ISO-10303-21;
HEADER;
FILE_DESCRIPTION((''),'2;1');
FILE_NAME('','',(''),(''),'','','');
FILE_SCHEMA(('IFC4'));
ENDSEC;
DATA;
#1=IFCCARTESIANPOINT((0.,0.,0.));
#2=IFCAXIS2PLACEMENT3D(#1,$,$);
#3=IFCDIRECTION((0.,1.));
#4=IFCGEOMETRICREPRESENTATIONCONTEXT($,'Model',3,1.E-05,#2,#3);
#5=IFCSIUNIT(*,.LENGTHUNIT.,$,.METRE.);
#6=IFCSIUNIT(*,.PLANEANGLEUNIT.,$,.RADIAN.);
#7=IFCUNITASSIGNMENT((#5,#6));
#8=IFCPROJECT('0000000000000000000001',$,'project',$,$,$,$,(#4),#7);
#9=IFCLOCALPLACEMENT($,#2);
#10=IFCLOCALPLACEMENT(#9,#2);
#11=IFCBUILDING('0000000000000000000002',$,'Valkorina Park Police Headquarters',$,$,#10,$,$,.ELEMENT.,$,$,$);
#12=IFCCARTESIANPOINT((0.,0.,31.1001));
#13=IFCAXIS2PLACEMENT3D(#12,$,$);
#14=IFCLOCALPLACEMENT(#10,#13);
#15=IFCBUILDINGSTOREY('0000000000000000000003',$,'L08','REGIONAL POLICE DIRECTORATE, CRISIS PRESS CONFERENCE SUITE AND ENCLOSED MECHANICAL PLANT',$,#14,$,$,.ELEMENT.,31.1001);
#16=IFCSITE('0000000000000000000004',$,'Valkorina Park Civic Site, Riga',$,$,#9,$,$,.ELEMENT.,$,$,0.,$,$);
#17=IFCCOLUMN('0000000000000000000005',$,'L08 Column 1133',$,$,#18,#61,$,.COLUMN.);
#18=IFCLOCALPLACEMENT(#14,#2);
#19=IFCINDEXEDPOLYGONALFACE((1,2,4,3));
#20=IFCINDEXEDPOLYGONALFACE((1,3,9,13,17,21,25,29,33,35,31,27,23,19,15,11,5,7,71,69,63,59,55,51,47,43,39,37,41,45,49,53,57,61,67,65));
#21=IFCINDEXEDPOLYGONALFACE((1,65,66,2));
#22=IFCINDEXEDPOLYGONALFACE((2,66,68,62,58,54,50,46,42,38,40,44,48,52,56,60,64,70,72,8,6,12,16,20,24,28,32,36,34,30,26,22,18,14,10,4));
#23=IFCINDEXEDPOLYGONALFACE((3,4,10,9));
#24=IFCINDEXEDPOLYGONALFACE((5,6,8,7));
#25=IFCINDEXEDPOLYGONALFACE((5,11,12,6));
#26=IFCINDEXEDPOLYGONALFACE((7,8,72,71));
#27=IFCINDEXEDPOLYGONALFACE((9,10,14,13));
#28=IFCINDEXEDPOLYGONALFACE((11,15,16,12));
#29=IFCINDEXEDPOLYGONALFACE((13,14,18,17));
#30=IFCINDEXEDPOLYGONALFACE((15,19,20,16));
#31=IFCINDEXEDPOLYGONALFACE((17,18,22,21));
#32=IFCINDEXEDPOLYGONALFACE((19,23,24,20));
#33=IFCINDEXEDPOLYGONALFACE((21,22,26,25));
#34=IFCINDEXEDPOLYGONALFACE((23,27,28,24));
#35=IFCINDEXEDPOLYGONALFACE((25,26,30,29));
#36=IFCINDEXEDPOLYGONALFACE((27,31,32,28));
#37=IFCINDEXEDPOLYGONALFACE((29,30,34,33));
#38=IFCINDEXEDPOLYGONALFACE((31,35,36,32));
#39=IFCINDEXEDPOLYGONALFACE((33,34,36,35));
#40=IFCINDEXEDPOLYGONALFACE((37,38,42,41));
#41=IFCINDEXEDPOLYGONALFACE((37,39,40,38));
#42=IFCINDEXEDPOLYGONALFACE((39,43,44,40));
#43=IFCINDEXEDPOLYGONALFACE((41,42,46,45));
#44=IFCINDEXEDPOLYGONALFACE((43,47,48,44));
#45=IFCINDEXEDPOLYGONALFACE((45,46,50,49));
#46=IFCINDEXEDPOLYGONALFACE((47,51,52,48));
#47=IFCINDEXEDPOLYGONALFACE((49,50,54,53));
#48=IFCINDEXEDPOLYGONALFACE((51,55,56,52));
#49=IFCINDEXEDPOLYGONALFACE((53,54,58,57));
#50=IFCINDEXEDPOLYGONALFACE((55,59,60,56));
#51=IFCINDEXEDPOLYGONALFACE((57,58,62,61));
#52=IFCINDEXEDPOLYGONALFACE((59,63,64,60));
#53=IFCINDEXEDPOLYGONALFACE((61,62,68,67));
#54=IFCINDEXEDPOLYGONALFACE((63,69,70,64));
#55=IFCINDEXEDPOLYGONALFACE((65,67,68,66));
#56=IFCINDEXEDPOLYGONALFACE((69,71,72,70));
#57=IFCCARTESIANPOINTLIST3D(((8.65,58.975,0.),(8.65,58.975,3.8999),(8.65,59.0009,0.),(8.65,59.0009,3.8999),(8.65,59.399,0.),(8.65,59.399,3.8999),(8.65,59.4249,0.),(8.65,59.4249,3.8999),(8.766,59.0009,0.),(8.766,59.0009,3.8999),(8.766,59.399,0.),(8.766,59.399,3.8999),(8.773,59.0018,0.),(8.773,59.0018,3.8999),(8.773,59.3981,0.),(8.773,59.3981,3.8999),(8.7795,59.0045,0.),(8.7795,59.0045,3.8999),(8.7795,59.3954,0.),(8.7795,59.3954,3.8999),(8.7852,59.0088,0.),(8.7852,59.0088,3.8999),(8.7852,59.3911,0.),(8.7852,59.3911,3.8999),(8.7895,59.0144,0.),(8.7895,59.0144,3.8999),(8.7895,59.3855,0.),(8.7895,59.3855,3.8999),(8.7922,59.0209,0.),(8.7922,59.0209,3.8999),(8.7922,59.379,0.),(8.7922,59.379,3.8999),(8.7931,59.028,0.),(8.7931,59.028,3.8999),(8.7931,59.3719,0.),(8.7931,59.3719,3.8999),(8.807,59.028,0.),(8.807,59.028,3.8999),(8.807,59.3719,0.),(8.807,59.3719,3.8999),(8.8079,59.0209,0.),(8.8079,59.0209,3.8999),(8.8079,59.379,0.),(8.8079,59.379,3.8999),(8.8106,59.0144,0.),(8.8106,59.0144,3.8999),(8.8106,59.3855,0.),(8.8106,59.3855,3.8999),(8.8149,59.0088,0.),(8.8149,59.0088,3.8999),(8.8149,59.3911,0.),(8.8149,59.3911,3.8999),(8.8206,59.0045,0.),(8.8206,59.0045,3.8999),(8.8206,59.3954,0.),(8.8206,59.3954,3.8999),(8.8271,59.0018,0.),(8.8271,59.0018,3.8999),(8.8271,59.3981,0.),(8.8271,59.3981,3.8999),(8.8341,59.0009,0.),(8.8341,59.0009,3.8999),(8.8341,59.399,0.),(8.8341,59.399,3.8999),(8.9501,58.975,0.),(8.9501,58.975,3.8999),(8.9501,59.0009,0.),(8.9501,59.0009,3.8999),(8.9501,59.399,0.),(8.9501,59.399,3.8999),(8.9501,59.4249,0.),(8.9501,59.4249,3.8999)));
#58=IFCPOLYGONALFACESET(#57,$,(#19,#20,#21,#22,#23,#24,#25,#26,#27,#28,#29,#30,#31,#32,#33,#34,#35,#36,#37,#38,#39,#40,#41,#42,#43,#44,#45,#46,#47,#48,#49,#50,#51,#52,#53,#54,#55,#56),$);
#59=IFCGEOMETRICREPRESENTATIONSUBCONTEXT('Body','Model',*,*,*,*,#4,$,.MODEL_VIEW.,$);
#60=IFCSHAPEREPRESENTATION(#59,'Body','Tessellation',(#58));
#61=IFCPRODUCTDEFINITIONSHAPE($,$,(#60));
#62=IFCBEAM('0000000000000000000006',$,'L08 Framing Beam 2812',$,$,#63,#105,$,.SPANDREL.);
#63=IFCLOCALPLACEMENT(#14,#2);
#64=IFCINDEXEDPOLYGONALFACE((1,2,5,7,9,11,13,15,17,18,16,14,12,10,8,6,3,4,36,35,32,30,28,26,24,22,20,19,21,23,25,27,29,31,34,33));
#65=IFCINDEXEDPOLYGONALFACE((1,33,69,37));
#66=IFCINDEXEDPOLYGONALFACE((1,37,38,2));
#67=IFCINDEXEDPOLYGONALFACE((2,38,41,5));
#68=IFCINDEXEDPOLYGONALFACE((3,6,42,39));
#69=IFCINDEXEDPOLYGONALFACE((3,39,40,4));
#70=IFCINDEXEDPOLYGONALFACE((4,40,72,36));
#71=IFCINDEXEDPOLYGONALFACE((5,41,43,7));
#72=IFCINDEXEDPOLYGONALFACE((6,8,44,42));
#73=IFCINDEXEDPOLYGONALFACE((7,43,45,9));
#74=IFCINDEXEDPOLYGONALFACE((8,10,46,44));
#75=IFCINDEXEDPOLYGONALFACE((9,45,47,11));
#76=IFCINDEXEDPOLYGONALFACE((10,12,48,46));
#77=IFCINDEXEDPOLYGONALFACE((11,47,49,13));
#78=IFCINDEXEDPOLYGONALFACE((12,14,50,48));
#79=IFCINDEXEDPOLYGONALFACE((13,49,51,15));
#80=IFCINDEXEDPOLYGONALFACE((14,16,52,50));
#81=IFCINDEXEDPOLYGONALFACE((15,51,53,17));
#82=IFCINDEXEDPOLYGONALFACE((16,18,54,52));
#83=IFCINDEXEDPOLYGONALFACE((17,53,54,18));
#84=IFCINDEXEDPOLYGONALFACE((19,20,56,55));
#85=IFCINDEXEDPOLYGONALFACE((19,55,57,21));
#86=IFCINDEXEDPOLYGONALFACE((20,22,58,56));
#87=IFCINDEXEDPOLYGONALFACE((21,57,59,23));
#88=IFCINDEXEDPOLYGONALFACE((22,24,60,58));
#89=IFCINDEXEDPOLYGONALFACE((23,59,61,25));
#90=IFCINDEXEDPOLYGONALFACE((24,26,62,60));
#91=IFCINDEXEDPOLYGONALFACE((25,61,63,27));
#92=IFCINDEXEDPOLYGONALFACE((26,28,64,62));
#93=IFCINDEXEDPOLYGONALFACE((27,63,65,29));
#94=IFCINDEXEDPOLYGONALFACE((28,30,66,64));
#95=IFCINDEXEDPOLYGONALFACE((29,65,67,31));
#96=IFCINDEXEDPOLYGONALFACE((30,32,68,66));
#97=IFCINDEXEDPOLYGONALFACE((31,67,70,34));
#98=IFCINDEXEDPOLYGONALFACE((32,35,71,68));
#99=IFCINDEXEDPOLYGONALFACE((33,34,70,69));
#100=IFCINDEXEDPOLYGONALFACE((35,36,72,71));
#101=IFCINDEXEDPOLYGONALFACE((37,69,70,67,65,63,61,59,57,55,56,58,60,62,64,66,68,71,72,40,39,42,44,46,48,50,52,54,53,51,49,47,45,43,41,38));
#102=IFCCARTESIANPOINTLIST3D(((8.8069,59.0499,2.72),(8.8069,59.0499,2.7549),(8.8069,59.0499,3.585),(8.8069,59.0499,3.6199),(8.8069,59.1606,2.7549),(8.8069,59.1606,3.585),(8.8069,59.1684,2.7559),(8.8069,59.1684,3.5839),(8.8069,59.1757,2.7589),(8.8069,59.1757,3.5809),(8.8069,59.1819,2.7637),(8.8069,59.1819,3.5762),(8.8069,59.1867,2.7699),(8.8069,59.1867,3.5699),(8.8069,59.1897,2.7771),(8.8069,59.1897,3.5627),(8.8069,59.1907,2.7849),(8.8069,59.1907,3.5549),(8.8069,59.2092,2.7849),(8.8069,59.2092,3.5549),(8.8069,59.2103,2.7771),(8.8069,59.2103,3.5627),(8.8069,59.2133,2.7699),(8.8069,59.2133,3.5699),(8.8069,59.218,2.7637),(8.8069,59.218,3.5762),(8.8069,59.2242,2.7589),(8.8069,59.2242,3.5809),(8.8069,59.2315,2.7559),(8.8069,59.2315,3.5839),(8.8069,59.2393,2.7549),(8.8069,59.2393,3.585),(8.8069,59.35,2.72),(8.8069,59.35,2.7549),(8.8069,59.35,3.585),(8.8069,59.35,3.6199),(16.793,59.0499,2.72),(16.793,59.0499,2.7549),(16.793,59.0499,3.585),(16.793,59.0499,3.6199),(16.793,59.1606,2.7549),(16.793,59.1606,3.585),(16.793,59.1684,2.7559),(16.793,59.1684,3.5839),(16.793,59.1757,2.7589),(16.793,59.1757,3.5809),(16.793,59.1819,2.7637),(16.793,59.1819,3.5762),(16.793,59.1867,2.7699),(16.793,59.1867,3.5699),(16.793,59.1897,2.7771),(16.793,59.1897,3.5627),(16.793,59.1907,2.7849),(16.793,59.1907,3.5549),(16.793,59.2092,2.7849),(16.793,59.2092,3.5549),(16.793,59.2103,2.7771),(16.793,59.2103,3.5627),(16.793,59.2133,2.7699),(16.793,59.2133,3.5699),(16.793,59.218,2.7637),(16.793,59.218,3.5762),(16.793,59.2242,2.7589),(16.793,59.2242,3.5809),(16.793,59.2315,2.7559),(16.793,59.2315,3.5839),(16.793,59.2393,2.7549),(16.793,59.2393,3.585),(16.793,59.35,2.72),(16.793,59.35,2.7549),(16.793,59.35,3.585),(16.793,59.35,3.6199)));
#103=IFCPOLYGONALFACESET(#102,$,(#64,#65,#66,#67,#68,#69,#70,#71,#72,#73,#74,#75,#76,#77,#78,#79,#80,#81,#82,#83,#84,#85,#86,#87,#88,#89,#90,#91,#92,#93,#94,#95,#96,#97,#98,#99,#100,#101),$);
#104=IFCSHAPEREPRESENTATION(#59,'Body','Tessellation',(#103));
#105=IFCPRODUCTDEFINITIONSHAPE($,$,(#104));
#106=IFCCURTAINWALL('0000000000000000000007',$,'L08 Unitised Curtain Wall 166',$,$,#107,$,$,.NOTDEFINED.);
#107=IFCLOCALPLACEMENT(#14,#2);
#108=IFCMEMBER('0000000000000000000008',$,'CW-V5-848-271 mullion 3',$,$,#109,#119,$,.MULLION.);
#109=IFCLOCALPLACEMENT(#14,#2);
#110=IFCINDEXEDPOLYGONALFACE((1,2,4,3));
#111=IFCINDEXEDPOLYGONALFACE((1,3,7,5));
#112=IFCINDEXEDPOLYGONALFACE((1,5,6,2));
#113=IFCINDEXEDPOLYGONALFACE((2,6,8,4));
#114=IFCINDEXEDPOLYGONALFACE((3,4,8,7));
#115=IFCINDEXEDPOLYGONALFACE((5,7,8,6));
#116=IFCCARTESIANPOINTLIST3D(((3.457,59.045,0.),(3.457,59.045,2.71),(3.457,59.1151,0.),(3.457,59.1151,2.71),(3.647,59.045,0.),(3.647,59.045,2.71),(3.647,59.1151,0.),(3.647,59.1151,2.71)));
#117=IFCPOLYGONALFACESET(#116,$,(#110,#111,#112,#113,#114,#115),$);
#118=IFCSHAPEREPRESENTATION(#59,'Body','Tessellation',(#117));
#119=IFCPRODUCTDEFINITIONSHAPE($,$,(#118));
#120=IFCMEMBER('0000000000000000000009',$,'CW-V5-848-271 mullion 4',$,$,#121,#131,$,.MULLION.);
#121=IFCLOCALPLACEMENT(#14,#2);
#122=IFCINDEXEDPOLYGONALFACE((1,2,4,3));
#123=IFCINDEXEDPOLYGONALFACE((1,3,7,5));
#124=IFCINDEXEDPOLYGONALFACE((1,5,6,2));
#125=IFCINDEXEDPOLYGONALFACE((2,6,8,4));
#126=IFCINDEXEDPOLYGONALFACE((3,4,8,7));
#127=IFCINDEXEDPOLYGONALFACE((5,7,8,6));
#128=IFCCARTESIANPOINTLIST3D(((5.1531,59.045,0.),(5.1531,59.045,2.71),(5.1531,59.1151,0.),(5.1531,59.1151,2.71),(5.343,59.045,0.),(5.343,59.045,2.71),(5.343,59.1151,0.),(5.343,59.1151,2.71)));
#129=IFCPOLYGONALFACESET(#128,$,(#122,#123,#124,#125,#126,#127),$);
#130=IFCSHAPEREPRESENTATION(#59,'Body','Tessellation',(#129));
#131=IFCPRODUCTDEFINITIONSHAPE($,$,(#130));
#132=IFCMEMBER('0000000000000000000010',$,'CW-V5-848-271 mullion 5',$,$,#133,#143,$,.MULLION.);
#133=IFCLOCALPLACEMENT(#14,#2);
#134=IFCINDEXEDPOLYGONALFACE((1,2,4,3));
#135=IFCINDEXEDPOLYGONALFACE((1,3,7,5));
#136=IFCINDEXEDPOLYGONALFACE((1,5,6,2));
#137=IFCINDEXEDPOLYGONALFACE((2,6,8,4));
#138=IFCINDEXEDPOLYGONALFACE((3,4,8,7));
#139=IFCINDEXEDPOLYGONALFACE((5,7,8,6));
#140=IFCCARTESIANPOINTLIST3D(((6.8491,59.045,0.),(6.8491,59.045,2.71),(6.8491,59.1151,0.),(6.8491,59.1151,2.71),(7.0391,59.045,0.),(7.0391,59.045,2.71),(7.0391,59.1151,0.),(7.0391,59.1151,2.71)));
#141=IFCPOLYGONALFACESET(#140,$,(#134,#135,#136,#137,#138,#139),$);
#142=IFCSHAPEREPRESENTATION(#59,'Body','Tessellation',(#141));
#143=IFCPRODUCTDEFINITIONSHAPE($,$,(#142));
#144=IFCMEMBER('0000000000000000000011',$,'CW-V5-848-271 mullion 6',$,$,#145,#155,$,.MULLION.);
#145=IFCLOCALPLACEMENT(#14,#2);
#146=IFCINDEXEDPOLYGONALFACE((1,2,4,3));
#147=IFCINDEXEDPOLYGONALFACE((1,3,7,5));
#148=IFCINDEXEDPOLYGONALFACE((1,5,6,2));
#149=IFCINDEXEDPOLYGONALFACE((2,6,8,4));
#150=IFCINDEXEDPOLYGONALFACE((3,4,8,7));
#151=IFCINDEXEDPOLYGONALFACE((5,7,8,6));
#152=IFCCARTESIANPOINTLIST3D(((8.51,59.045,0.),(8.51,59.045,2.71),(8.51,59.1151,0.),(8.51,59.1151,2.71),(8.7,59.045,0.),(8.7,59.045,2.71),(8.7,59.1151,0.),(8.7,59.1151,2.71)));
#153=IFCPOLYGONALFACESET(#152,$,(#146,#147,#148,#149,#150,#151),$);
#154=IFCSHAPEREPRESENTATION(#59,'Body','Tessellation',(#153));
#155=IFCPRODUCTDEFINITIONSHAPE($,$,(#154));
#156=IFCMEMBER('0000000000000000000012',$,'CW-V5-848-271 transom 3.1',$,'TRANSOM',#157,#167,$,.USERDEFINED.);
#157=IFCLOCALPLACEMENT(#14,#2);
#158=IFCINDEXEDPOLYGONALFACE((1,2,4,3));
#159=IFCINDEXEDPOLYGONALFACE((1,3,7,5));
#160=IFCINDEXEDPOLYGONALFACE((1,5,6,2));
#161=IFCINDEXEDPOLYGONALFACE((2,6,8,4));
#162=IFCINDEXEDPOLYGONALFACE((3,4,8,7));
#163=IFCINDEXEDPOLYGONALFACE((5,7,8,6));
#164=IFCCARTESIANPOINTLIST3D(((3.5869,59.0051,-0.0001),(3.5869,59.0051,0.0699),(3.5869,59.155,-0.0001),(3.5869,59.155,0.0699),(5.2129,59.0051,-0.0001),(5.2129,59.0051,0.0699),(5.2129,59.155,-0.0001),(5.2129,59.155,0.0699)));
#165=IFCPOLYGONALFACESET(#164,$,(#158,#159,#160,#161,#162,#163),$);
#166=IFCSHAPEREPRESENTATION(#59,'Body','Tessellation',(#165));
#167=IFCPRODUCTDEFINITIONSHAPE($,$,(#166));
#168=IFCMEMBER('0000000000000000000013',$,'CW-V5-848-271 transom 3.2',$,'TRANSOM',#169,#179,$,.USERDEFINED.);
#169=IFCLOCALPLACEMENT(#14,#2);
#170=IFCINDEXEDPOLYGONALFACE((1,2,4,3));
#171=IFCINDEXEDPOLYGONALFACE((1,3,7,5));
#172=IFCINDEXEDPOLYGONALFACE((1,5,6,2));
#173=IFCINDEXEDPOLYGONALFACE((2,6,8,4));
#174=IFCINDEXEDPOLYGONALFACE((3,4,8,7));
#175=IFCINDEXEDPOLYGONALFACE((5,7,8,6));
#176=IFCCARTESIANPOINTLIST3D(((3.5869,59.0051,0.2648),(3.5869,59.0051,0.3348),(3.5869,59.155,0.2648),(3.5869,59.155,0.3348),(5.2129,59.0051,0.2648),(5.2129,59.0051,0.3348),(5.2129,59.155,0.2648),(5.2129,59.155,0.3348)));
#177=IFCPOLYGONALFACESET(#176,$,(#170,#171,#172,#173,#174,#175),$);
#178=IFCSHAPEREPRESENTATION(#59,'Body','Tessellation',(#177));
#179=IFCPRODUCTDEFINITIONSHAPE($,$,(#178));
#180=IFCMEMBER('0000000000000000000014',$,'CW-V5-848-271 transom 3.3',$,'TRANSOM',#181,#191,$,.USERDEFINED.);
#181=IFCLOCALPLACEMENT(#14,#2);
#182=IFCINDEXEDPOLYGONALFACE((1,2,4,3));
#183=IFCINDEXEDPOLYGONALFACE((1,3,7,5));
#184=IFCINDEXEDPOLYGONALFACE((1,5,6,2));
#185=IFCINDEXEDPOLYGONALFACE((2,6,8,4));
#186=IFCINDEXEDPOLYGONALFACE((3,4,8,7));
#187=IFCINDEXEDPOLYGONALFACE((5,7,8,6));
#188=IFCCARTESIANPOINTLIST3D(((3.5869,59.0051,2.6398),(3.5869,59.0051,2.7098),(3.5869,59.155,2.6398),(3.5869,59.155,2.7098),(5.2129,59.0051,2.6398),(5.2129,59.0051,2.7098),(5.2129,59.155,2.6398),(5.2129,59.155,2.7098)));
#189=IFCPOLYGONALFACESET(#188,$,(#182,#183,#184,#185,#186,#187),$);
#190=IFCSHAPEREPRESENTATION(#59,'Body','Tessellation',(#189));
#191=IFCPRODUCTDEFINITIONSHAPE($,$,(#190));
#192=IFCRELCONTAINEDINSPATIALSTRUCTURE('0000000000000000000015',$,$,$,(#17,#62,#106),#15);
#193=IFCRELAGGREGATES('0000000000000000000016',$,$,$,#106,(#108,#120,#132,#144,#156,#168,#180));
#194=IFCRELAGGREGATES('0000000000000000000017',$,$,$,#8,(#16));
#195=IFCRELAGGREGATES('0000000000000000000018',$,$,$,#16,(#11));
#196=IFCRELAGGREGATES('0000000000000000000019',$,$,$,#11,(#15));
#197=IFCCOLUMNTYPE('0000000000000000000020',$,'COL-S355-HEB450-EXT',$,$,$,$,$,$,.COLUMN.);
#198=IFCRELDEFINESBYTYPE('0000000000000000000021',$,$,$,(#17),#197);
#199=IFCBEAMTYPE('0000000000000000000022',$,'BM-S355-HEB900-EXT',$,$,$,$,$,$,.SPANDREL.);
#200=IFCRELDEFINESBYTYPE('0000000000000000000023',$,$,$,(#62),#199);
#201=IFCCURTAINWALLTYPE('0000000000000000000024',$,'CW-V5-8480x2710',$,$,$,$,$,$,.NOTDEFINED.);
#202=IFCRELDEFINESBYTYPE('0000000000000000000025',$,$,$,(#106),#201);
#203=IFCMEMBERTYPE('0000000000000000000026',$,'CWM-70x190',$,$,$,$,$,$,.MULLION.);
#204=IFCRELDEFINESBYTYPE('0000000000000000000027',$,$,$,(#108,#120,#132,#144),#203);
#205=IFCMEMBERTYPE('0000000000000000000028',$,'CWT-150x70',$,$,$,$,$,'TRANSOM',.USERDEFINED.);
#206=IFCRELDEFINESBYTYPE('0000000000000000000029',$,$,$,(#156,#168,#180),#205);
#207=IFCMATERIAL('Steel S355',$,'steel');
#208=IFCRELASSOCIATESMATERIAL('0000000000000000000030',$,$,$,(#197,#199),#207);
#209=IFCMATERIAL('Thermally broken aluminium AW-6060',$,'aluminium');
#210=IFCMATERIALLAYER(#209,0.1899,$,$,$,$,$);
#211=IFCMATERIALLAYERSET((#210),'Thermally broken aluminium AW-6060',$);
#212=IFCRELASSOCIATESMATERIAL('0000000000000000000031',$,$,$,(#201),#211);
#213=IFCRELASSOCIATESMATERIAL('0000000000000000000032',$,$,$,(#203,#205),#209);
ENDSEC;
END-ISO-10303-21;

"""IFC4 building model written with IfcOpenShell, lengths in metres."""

from ifc_helpers import new_model, si_unit, direction, frame, origin, origin_2d, place, context, subcontext, project, spatial, rectangle, i_section, extrude, material, layer, layer_set, material_profile, profile_set, type_object, element, aggregate, save


model = new_model("IFC4")

# Units and contexts
model_context = context("Model", 3, precision=1e-05, world=origin(), true_north=direction((0.0, 1.0)))
body_context = subcontext(model_context, "Body", "Model", "MODEL_VIEW")
ifc_project = project(units=[si_unit("LENGTHUNIT", "METRE"), si_unit("PLANEANGLEUNIT", "RADIAN")], contexts=[model_context])

# Site, building, storey
site_placement = place(None, origin())
site = spatial("IfcSite", under=ifc_project, at=site_placement, Name="Valkorina Park Civic Site, Riga", CompositionType="ELEMENT", RefElevation=0.0)
building_placement = place(site_placement, origin())
building = spatial("IfcBuilding", under=site, at=building_placement, Name="Valkorina Park Police Headquarters", CompositionType="ELEMENT")
storey_placement = place(building_placement, frame((0.0, 0.0, 31.1001)))
storey = spatial("IfcBuildingStorey", under=building, at=storey_placement, Name="L08", Description="REGIONAL POLICE DIRECTORATE, CRISIS PRESS CONFERENCE SUITE AND ENCLOSED MECHANICAL PLANT", CompositionType="ELEMENT", Elevation=31.1001)

# Column
ifc_material_1 = material(Name="Steel S355", Category="steel")
ifc_material_profile_1 = material_profile(ifc_material_1, i_section(OverallWidth=0.3, OverallDepth=0.45, WebThickness=0.0139, FlangeThickness=0.0259, FilletRadius=0.0271, at=origin_2d()), Name="HEB 450")
ifc_profile_set_1 = profile_set([ifc_material_profile_1], Name="Steel S355")
column_type = type_object("IfcColumnType", Name="COL-S355-HEB450-EXT", PredefinedType="COLUMN", material=ifc_profile_set_1)
column_placement = place(storey_placement, frame((8.8, 59.2, 0.0), z_axis=(0.0, 0.0, 1.0), x_axis=(1.0, 0.0, 0.0)))
element("IfcColumn", 1, at=column_placement, inside=storey, type_object=column_type, Name="L08 Column 1133", PredefinedType="COLUMN", context=body_context, shape_type="SweptSolid", body=[
    extrude(i_section(OverallWidth=0.3, OverallDepth=0.45, WebThickness=0.0139, FlangeThickness=0.0259, FilletRadius=0.0271, at=origin_2d()), origin(), (0.0, 0.0, 1.0), 3.8999),
])

# Beam
ifc_material_profile_2 = material_profile(ifc_material_1, i_section(OverallWidth=0.3, OverallDepth=0.8999, WebThickness=0.0186, FlangeThickness=0.0349, FilletRadius=0.03, at=origin_2d()), Name="HEB 900")
ifc_profile_set_2 = profile_set([ifc_material_profile_2], Name="Steel S355")
beam_type = type_object("IfcBeamType", Name="BM-S355-HEB900-EXT", PredefinedType="SPANDREL", material=ifc_profile_set_2)
beam_placement = place(storey_placement, frame((8.8069, 59.2, 3.1699), z_axis=(1.0, 0.0, 0.0), x_axis=(0.0, 1.0, 0.0)))
element("IfcBeam", 2, at=beam_placement, inside=storey, type_object=beam_type, Name="L08 Framing Beam 2812", PredefinedType="SPANDREL", context=body_context, shape_type="SweptSolid", body=[
    extrude(i_section(OverallWidth=0.3, OverallDepth=0.8999, WebThickness=0.0186, FlangeThickness=0.0349, FilletRadius=0.03, at=origin_2d()), origin(), (0.0, 0.0, 1.0), 7.9861),
])

# Curtain wall, members
ifc_material_2 = material(Name="Thermally broken aluminium AW-6060", Category="aluminium")
ifc_layer_1 = layer(ifc_material_2, 0.1899)
ifc_layer_set_1 = layer_set([ifc_layer_1], Name="Thermally broken aluminium AW-6060")
curtain_wall_type = type_object("IfcCurtainWallType", Name="CW-V5-8480x2710", PredefinedType="NOTDEFINED", material=ifc_layer_set_1)
curtain_wall_placement = place(storey_placement, origin())
curtain_wall = element("IfcCurtainWall", 3, at=curtain_wall_placement, inside=storey, type_object=curtain_wall_type, Name="L08 Unitised Curtain Wall 166", PredefinedType="NOTDEFINED")
ifc_material_profile_3 = material_profile(ifc_material_2, rectangle(XDim=0.0701, YDim=0.1899, at=origin_2d()), Name="CWM-02 70x190")
ifc_profile_set_3 = profile_set([ifc_material_profile_3], Name="Thermally broken aluminium AW-6060")
member_type_1 = type_object("IfcMemberType", Name="CWM-70x190", PredefinedType="MULLION", material=ifc_profile_set_3)
member_1_placement = place(storey_placement, frame((3.552, 59.0801, 0.0), z_axis=(0.0, 0.0, 1.0), x_axis=(0.0, 1.0, 0.0)))
member_1 = element("IfcMember", 4, at=member_1_placement, type_object=member_type_1, Name="CW-V5-848-271 mullion 3", PredefinedType="MULLION", context=body_context, shape_type="SweptSolid", body=[
    extrude(rectangle(XDim=0.0701, YDim=0.1899, at=origin_2d()), origin(), (0.0, 0.0, 1.0), 2.71),
])
member_2_placement = place(storey_placement, frame((5.248, 59.0801, 0.0), z_axis=(0.0, 0.0, 1.0), x_axis=(0.0, 1.0, 0.0)))
member_2 = element("IfcMember", 5, at=member_2_placement, type_object=member_type_1, Name="CW-V5-848-271 mullion 4", PredefinedType="MULLION", context=body_context, shape_type="SweptSolid", body=[
    extrude(rectangle(XDim=0.0701, YDim=0.1899, at=origin_2d()), origin(), (0.0, 0.0, 1.0), 2.71),
])
member_3_placement = place(storey_placement, frame((6.9441, 59.0801, 0.0), z_axis=(0.0, 0.0, 1.0), x_axis=(0.0, 1.0, 0.0)))
member_3 = element("IfcMember", 6, at=member_3_placement, type_object=member_type_1, Name="CW-V5-848-271 mullion 5", PredefinedType="MULLION", context=body_context, shape_type="SweptSolid", body=[
    extrude(rectangle(XDim=0.0701, YDim=0.1899, at=origin_2d()), origin(), (0.0, 0.0, 1.0), 2.71),
])
member_4_placement = place(storey_placement, frame((8.605, 59.0801, 0.0), z_axis=(0.0, 0.0, 1.0), x_axis=(0.0, 1.0, 0.0)))
member_4 = element("IfcMember", 7, at=member_4_placement, type_object=member_type_1, Name="CW-V5-848-271 mullion 6", PredefinedType="MULLION", context=body_context, shape_type="SweptSolid", body=[
    extrude(rectangle(XDim=0.0701, YDim=0.1899, at=origin_2d()), origin(), (0.0, 0.0, 1.0), 2.71),
])
ifc_material_profile_4 = material_profile(ifc_material_2, rectangle(XDim=0.1499, YDim=0.0701, at=origin_2d()), Name="CWT-02 150x70")
ifc_profile_set_4 = profile_set([ifc_material_profile_4], Name="Thermally broken aluminium AW-6060")
member_type_2 = type_object("IfcMemberType", Name="CWT-150x70", ElementType="TRANSOM", PredefinedType="USERDEFINED", material=ifc_profile_set_4)
member_5_placement = place(storey_placement, frame((3.5869, 59.0801, 0.0349), z_axis=(1.0, 0.0, 0.0), x_axis=(0.0, 1.0, 0.0)))
member_5 = element("IfcMember", 8, at=member_5_placement, type_object=member_type_2, Name="CW-V5-848-271 transom 3.1", ObjectType="TRANSOM", PredefinedType="USERDEFINED", context=body_context, shape_type="SweptSolid", body=[
    extrude(rectangle(XDim=0.1499, YDim=0.0701, at=origin_2d()), origin(), (0.0, 0.0, 1.0), 1.626),
])
member_6_placement = place(storey_placement, frame((3.5869, 59.0801, 0.2998), z_axis=(1.0, 0.0, 0.0), x_axis=(0.0, 1.0, 0.0)))
member_6 = element("IfcMember", 9, at=member_6_placement, type_object=member_type_2, Name="CW-V5-848-271 transom 3.2", ObjectType="TRANSOM", PredefinedType="USERDEFINED", context=body_context, shape_type="SweptSolid", body=[
    extrude(rectangle(XDim=0.1499, YDim=0.0701, at=origin_2d()), origin(), (0.0, 0.0, 1.0), 1.626),
])
member_7_placement = place(storey_placement, frame((3.5869, 59.0801, 2.6748), z_axis=(1.0, 0.0, 0.0), x_axis=(0.0, 1.0, 0.0)))
member_7 = element("IfcMember", 10, at=member_7_placement, type_object=member_type_2, Name="CW-V5-848-271 transom 3.3", ObjectType="TRANSOM", PredefinedType="USERDEFINED", context=body_context, shape_type="SweptSolid", body=[
    extrude(rectangle(XDim=0.1499, YDim=0.0701, at=origin_2d()), origin(), (0.0, 0.0, 1.0), 1.626),
])
aggregate(curtain_wall, [member_1, member_2, member_3, member_4, member_5, member_6, member_7])

save(model, "model.ifc")
